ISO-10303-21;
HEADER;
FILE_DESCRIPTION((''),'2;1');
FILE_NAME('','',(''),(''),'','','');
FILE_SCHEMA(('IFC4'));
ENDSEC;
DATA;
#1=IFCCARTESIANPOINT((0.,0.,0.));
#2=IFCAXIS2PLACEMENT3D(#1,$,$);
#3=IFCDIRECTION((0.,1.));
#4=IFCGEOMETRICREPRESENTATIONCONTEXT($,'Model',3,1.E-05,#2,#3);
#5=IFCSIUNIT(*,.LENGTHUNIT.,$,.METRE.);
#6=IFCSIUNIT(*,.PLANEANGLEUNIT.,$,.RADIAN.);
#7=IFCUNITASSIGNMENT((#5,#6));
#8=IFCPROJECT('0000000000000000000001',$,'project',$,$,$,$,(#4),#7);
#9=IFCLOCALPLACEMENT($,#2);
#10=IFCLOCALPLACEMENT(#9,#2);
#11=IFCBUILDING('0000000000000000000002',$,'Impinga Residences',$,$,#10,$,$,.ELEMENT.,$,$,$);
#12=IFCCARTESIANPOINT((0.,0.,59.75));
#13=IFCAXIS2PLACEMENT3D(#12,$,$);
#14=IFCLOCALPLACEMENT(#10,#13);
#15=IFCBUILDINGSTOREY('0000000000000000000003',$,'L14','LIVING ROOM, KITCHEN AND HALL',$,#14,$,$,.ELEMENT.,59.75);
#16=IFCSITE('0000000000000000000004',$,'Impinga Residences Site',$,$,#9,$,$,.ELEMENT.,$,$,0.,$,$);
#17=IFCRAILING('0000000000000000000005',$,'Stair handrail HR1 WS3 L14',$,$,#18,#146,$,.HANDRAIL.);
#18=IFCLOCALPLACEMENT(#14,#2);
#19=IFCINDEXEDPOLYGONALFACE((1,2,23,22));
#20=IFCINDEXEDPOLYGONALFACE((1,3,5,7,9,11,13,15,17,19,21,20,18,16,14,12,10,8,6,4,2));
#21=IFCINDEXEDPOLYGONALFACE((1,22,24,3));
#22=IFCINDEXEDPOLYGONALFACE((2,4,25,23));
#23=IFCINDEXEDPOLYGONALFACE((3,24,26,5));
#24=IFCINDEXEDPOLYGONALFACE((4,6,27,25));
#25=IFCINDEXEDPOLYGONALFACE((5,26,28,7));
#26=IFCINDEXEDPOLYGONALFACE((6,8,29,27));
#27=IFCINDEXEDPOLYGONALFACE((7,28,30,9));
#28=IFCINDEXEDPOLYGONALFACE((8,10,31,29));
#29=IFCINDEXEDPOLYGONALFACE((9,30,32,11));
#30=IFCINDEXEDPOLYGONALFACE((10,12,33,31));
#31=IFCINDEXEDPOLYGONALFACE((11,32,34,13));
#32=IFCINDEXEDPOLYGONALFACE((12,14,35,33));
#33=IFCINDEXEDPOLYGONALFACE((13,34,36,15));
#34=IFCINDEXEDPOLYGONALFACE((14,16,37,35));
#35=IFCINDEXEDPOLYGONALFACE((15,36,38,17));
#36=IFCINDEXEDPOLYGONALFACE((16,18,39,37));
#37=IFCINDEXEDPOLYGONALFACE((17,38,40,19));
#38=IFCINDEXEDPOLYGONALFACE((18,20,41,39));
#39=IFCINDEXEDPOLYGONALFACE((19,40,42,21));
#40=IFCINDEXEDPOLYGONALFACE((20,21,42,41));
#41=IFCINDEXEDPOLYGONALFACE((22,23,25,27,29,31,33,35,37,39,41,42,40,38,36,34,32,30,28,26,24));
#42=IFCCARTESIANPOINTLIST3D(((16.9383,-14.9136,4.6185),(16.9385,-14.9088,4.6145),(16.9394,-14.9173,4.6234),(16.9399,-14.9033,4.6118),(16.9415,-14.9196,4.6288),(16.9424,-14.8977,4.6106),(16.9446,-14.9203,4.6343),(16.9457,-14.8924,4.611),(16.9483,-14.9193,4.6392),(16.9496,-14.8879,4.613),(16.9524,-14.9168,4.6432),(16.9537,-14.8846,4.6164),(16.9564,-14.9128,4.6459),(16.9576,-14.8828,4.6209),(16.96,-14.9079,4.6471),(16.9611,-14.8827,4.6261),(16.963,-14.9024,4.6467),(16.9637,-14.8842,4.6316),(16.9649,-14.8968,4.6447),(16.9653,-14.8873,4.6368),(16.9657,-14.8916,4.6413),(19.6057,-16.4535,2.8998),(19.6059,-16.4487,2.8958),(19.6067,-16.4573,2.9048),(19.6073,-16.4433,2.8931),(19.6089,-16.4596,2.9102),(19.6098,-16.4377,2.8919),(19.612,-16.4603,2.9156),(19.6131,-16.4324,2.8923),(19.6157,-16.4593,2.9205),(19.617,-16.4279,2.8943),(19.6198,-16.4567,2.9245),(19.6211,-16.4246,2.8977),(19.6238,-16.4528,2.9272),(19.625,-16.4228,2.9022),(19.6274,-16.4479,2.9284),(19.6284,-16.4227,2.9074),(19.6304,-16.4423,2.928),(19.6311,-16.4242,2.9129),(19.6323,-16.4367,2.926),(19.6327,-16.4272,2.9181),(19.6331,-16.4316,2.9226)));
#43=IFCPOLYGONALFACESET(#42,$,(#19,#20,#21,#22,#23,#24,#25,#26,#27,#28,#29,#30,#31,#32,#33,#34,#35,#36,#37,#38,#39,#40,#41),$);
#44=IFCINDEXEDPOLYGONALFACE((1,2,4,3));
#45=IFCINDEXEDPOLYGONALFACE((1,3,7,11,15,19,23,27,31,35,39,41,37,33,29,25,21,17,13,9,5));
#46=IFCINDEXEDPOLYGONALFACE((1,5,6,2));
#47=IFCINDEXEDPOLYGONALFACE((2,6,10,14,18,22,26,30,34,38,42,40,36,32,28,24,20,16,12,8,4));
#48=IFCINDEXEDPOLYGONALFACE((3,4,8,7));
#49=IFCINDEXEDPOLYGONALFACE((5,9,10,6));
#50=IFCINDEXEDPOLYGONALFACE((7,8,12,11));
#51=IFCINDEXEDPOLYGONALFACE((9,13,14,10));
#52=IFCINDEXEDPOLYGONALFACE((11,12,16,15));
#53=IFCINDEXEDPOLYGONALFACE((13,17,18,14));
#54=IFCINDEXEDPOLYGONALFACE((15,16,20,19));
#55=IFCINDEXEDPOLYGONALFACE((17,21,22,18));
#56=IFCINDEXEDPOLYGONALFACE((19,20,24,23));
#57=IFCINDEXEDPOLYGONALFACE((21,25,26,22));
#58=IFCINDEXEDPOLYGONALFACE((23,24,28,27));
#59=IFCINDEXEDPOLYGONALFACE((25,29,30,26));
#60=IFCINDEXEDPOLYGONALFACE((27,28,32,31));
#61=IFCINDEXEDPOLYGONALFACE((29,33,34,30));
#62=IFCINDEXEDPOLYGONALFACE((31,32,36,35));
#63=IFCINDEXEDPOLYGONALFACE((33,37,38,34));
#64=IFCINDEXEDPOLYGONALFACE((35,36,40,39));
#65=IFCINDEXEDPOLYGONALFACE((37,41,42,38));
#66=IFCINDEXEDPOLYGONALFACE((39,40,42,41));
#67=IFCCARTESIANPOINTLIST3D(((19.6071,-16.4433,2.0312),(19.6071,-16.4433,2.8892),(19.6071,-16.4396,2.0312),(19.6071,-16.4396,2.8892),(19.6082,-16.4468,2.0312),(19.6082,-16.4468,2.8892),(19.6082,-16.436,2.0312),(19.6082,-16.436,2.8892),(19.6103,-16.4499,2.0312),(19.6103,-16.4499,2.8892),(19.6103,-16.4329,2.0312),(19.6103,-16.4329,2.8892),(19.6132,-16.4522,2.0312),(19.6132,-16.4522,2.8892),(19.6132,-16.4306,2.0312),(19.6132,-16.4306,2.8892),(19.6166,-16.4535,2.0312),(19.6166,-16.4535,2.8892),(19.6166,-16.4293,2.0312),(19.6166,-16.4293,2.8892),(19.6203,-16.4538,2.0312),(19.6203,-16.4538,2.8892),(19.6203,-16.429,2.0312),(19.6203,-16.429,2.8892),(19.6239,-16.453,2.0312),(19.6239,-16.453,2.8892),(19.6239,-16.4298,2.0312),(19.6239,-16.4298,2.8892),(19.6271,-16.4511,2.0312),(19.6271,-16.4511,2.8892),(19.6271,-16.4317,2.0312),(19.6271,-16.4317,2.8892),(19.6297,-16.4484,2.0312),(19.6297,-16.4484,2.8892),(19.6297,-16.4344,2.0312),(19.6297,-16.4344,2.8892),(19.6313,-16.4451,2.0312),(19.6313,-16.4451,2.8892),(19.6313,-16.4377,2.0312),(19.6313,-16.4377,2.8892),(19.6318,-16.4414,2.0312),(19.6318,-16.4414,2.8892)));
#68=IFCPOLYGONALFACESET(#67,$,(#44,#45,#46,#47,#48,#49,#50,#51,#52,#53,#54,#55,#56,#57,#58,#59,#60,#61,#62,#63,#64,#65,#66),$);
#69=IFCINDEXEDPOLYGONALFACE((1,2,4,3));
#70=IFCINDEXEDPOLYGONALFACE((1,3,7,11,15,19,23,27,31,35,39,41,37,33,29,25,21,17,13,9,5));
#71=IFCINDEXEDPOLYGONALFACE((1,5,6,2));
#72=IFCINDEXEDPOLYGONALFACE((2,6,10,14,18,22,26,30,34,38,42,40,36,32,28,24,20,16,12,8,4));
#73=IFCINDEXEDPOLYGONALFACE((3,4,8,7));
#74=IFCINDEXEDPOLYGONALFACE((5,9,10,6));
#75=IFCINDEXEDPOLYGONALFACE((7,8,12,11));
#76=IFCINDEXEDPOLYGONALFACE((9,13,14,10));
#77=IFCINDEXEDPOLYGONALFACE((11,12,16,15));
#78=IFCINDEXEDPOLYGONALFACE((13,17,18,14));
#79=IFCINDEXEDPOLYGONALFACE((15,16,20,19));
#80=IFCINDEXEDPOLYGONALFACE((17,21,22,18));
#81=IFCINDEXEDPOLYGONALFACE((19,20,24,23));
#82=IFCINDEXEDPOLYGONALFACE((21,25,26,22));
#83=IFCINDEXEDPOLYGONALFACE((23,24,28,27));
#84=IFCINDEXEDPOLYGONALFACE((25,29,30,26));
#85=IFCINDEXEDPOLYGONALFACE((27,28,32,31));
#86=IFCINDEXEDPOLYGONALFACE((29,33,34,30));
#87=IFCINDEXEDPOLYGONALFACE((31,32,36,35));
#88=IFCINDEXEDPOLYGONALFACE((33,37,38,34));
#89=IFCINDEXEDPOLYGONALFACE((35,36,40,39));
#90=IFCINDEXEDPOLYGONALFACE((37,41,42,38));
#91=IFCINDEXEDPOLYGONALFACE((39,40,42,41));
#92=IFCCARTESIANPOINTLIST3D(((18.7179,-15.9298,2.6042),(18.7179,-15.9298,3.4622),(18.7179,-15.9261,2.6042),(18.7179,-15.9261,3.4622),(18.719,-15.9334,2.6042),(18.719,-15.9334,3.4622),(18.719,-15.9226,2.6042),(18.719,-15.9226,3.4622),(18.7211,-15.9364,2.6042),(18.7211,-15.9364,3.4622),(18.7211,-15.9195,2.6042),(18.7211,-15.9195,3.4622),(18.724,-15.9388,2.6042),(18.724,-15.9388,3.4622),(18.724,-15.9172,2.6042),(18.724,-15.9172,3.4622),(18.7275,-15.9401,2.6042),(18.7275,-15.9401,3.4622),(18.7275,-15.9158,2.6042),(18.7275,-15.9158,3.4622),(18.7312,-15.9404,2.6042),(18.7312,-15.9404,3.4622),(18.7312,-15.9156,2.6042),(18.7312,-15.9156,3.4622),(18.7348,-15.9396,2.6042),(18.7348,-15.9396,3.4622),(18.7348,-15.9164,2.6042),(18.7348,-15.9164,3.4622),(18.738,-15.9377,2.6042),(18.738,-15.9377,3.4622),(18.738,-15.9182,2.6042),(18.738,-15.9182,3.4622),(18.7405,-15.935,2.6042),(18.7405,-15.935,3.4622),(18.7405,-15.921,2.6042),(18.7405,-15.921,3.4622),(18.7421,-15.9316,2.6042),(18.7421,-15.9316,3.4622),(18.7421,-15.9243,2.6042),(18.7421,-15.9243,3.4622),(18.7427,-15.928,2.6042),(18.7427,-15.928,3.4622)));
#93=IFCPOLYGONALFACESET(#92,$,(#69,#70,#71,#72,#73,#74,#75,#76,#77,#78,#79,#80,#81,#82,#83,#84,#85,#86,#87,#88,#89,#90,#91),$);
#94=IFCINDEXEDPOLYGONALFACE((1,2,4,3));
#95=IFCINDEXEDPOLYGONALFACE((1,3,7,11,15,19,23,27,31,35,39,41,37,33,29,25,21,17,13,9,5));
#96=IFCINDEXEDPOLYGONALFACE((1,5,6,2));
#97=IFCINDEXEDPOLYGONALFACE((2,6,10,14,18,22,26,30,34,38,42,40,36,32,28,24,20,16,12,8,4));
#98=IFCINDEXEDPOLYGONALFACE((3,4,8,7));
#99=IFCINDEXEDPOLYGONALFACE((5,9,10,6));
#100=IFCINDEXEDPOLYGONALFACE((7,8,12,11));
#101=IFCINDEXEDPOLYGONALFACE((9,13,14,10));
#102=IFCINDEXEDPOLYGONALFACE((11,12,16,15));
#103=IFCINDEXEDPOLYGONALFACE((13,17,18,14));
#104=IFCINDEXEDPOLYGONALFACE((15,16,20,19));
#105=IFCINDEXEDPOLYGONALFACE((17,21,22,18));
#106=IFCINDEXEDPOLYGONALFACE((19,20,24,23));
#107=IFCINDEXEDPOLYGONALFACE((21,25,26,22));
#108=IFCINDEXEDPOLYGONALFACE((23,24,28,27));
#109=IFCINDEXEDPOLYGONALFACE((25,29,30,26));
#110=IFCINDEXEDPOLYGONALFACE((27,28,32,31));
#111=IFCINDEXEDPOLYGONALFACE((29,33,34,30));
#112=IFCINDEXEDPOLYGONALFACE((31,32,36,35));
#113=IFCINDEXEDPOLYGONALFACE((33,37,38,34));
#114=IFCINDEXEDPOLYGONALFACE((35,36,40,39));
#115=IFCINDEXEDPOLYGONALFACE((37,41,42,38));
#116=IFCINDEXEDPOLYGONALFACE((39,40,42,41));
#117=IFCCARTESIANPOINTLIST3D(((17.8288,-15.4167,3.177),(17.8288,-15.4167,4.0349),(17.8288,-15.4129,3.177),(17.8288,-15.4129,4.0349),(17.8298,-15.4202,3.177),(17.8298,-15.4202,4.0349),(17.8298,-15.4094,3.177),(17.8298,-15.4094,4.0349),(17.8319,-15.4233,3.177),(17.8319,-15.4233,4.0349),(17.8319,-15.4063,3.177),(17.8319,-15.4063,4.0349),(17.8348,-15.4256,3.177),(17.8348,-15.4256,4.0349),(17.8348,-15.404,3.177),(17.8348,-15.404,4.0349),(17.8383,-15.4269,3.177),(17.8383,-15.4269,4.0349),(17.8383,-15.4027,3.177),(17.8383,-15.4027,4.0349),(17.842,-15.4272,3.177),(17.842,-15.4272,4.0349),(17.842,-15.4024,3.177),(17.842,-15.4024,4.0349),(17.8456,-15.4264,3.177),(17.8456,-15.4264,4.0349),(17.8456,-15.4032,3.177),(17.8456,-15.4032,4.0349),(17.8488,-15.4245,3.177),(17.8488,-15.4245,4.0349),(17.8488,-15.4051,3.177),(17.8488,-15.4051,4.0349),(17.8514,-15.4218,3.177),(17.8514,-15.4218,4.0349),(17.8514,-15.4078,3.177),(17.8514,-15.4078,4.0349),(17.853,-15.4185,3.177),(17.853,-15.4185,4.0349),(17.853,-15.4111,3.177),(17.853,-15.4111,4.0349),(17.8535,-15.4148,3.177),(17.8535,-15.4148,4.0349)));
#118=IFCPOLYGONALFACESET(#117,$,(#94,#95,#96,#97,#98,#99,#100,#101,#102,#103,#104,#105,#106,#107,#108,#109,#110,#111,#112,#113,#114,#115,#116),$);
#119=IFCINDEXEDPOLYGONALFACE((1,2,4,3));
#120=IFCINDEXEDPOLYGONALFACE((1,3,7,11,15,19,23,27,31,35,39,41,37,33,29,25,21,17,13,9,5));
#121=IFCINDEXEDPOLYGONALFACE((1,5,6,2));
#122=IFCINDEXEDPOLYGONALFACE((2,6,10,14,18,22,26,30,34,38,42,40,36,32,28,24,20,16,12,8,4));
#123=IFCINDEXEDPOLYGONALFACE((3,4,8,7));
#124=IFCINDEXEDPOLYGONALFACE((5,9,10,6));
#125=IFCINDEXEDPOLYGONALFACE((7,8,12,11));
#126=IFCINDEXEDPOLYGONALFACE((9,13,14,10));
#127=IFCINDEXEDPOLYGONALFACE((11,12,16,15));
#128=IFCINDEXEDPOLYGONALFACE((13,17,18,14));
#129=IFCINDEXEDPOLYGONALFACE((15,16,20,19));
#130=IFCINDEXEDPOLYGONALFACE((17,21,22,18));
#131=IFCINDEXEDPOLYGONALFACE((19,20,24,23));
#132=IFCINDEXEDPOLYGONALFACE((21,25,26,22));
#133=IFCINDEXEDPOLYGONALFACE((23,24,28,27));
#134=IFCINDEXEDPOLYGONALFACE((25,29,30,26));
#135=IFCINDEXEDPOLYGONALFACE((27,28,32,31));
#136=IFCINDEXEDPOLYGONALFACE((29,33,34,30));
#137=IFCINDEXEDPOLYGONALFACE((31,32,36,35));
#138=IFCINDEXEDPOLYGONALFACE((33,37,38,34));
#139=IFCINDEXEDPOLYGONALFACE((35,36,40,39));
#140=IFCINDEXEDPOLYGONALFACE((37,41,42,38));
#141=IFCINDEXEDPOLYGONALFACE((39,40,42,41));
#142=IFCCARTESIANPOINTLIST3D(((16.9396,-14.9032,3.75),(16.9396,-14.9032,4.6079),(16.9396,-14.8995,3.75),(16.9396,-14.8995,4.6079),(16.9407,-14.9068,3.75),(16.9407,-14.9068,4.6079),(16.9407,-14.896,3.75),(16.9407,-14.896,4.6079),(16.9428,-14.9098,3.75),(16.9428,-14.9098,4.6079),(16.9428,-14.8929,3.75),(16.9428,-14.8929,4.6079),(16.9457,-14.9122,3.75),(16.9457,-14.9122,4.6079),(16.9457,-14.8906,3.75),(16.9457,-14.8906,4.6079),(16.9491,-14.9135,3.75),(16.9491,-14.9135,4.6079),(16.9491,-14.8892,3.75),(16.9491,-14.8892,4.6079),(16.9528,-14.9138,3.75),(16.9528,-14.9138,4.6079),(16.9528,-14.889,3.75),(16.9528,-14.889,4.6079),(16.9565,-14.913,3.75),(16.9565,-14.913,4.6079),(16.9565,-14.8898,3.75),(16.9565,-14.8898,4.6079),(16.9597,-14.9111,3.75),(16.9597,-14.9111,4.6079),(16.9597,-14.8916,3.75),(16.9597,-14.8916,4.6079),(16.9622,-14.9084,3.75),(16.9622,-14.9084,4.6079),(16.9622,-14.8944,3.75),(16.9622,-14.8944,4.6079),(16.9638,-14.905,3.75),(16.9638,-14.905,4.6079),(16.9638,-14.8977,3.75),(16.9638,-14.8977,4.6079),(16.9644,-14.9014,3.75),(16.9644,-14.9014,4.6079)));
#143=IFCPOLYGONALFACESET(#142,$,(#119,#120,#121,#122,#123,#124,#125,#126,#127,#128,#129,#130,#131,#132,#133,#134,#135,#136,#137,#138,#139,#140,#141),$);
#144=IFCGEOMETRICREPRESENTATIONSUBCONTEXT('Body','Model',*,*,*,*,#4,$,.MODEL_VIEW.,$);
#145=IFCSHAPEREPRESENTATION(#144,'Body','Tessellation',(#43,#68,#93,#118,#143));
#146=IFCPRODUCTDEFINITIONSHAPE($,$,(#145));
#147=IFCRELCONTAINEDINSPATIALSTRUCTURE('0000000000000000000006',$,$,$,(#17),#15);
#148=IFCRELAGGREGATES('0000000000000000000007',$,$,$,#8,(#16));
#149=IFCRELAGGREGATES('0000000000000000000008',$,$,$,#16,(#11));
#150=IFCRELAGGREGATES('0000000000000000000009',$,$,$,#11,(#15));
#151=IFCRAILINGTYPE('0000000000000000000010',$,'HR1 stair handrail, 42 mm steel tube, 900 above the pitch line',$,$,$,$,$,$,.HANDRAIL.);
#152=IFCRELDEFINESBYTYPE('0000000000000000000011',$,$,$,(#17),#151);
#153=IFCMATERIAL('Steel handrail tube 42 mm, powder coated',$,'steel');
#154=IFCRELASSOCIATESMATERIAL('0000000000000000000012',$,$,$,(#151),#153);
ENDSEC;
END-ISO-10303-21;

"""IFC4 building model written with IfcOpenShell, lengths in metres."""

from ifc_helpers import new_model, si_unit, direction, frame, origin, origin_2d, place, context, subcontext, project, spatial, circle, extrude, material, type_object, element, save


model = new_model("IFC4")

# Units and contexts
model_context = context("Model", 3, precision=1e-05, world=origin(), true_north=direction((0.0, 1.0)))
body_context = subcontext(model_context, "Body", "Model", "MODEL_VIEW")
ifc_project = project(units=[si_unit("LENGTHUNIT", "METRE"), si_unit("PLANEANGLEUNIT", "RADIAN")], contexts=[model_context])

# Site, building, storey
site_placement = place(None, origin())
site = spatial("IfcSite", under=ifc_project, at=site_placement, Name="Impinga Residences Site", CompositionType="ELEMENT", RefElevation=0.0)
building_placement = place(site_placement, origin())
building = spatial("IfcBuilding", under=site, at=building_placement, Name="Impinga Residences", CompositionType="ELEMENT")
storey_placement = place(building_placement, frame((0.0, 0.0, 59.75)))
storey = spatial("IfcBuildingStorey", under=building, at=storey_placement, Name="L14", Description="LIVING ROOM, KITCHEN AND HALL", CompositionType="ELEMENT", Elevation=59.75)

# Railing
ifc_material_1 = material(Name="Steel handrail tube 42 mm, powder coated", Category="steel")
railing_type_1 = type_object("IfcRailingType", Name="HR1 stair handrail, 42 mm steel tube, 900 above the pitch line", PredefinedType="HANDRAIL", material=ifc_material_1)
railing_1_placement = place(storey_placement, frame((19.6194, -16.4414, 2.0312)))
element("IfcRailing", 1, at=railing_1_placement, inside=storey, type_object=railing_type_1, Name="Stair handrail HR1 WS3 L14", PredefinedType="HANDRAIL", context=body_context, shape_type="SweptSolid", body=[
    extrude(circle(Radius=0.021, at=origin_2d()), frame((0.0, 0.0, 0.8789), z_axis=(-0.756256, 0.436616, 0.487282), x_axis=(-0.499992, -0.86603, 0.0)), (0.0, 0.0, 1.0), 3.5271),
    extrude(circle(Radius=0.0125, at=origin_2d()), origin(), (0.0, 0.0, 1.0), 0.8579),
    extrude(circle(Radius=0.0125, at=origin_2d()), frame((-0.8892, 0.5134, 0.573)), (0.0, 0.0, 1.0), 0.8579),
    extrude(circle(Radius=0.0125, at=origin_2d()), frame((-1.7783, 1.0266, 1.1458)), (0.0, 0.0, 1.0), 0.8579),
    extrude(circle(Radius=0.0125, at=origin_2d()), frame((-2.6675, 1.54, 1.7188)), (0.0, 0.0, 1.0), 0.8579),
])

save(model, "model.ifc")
